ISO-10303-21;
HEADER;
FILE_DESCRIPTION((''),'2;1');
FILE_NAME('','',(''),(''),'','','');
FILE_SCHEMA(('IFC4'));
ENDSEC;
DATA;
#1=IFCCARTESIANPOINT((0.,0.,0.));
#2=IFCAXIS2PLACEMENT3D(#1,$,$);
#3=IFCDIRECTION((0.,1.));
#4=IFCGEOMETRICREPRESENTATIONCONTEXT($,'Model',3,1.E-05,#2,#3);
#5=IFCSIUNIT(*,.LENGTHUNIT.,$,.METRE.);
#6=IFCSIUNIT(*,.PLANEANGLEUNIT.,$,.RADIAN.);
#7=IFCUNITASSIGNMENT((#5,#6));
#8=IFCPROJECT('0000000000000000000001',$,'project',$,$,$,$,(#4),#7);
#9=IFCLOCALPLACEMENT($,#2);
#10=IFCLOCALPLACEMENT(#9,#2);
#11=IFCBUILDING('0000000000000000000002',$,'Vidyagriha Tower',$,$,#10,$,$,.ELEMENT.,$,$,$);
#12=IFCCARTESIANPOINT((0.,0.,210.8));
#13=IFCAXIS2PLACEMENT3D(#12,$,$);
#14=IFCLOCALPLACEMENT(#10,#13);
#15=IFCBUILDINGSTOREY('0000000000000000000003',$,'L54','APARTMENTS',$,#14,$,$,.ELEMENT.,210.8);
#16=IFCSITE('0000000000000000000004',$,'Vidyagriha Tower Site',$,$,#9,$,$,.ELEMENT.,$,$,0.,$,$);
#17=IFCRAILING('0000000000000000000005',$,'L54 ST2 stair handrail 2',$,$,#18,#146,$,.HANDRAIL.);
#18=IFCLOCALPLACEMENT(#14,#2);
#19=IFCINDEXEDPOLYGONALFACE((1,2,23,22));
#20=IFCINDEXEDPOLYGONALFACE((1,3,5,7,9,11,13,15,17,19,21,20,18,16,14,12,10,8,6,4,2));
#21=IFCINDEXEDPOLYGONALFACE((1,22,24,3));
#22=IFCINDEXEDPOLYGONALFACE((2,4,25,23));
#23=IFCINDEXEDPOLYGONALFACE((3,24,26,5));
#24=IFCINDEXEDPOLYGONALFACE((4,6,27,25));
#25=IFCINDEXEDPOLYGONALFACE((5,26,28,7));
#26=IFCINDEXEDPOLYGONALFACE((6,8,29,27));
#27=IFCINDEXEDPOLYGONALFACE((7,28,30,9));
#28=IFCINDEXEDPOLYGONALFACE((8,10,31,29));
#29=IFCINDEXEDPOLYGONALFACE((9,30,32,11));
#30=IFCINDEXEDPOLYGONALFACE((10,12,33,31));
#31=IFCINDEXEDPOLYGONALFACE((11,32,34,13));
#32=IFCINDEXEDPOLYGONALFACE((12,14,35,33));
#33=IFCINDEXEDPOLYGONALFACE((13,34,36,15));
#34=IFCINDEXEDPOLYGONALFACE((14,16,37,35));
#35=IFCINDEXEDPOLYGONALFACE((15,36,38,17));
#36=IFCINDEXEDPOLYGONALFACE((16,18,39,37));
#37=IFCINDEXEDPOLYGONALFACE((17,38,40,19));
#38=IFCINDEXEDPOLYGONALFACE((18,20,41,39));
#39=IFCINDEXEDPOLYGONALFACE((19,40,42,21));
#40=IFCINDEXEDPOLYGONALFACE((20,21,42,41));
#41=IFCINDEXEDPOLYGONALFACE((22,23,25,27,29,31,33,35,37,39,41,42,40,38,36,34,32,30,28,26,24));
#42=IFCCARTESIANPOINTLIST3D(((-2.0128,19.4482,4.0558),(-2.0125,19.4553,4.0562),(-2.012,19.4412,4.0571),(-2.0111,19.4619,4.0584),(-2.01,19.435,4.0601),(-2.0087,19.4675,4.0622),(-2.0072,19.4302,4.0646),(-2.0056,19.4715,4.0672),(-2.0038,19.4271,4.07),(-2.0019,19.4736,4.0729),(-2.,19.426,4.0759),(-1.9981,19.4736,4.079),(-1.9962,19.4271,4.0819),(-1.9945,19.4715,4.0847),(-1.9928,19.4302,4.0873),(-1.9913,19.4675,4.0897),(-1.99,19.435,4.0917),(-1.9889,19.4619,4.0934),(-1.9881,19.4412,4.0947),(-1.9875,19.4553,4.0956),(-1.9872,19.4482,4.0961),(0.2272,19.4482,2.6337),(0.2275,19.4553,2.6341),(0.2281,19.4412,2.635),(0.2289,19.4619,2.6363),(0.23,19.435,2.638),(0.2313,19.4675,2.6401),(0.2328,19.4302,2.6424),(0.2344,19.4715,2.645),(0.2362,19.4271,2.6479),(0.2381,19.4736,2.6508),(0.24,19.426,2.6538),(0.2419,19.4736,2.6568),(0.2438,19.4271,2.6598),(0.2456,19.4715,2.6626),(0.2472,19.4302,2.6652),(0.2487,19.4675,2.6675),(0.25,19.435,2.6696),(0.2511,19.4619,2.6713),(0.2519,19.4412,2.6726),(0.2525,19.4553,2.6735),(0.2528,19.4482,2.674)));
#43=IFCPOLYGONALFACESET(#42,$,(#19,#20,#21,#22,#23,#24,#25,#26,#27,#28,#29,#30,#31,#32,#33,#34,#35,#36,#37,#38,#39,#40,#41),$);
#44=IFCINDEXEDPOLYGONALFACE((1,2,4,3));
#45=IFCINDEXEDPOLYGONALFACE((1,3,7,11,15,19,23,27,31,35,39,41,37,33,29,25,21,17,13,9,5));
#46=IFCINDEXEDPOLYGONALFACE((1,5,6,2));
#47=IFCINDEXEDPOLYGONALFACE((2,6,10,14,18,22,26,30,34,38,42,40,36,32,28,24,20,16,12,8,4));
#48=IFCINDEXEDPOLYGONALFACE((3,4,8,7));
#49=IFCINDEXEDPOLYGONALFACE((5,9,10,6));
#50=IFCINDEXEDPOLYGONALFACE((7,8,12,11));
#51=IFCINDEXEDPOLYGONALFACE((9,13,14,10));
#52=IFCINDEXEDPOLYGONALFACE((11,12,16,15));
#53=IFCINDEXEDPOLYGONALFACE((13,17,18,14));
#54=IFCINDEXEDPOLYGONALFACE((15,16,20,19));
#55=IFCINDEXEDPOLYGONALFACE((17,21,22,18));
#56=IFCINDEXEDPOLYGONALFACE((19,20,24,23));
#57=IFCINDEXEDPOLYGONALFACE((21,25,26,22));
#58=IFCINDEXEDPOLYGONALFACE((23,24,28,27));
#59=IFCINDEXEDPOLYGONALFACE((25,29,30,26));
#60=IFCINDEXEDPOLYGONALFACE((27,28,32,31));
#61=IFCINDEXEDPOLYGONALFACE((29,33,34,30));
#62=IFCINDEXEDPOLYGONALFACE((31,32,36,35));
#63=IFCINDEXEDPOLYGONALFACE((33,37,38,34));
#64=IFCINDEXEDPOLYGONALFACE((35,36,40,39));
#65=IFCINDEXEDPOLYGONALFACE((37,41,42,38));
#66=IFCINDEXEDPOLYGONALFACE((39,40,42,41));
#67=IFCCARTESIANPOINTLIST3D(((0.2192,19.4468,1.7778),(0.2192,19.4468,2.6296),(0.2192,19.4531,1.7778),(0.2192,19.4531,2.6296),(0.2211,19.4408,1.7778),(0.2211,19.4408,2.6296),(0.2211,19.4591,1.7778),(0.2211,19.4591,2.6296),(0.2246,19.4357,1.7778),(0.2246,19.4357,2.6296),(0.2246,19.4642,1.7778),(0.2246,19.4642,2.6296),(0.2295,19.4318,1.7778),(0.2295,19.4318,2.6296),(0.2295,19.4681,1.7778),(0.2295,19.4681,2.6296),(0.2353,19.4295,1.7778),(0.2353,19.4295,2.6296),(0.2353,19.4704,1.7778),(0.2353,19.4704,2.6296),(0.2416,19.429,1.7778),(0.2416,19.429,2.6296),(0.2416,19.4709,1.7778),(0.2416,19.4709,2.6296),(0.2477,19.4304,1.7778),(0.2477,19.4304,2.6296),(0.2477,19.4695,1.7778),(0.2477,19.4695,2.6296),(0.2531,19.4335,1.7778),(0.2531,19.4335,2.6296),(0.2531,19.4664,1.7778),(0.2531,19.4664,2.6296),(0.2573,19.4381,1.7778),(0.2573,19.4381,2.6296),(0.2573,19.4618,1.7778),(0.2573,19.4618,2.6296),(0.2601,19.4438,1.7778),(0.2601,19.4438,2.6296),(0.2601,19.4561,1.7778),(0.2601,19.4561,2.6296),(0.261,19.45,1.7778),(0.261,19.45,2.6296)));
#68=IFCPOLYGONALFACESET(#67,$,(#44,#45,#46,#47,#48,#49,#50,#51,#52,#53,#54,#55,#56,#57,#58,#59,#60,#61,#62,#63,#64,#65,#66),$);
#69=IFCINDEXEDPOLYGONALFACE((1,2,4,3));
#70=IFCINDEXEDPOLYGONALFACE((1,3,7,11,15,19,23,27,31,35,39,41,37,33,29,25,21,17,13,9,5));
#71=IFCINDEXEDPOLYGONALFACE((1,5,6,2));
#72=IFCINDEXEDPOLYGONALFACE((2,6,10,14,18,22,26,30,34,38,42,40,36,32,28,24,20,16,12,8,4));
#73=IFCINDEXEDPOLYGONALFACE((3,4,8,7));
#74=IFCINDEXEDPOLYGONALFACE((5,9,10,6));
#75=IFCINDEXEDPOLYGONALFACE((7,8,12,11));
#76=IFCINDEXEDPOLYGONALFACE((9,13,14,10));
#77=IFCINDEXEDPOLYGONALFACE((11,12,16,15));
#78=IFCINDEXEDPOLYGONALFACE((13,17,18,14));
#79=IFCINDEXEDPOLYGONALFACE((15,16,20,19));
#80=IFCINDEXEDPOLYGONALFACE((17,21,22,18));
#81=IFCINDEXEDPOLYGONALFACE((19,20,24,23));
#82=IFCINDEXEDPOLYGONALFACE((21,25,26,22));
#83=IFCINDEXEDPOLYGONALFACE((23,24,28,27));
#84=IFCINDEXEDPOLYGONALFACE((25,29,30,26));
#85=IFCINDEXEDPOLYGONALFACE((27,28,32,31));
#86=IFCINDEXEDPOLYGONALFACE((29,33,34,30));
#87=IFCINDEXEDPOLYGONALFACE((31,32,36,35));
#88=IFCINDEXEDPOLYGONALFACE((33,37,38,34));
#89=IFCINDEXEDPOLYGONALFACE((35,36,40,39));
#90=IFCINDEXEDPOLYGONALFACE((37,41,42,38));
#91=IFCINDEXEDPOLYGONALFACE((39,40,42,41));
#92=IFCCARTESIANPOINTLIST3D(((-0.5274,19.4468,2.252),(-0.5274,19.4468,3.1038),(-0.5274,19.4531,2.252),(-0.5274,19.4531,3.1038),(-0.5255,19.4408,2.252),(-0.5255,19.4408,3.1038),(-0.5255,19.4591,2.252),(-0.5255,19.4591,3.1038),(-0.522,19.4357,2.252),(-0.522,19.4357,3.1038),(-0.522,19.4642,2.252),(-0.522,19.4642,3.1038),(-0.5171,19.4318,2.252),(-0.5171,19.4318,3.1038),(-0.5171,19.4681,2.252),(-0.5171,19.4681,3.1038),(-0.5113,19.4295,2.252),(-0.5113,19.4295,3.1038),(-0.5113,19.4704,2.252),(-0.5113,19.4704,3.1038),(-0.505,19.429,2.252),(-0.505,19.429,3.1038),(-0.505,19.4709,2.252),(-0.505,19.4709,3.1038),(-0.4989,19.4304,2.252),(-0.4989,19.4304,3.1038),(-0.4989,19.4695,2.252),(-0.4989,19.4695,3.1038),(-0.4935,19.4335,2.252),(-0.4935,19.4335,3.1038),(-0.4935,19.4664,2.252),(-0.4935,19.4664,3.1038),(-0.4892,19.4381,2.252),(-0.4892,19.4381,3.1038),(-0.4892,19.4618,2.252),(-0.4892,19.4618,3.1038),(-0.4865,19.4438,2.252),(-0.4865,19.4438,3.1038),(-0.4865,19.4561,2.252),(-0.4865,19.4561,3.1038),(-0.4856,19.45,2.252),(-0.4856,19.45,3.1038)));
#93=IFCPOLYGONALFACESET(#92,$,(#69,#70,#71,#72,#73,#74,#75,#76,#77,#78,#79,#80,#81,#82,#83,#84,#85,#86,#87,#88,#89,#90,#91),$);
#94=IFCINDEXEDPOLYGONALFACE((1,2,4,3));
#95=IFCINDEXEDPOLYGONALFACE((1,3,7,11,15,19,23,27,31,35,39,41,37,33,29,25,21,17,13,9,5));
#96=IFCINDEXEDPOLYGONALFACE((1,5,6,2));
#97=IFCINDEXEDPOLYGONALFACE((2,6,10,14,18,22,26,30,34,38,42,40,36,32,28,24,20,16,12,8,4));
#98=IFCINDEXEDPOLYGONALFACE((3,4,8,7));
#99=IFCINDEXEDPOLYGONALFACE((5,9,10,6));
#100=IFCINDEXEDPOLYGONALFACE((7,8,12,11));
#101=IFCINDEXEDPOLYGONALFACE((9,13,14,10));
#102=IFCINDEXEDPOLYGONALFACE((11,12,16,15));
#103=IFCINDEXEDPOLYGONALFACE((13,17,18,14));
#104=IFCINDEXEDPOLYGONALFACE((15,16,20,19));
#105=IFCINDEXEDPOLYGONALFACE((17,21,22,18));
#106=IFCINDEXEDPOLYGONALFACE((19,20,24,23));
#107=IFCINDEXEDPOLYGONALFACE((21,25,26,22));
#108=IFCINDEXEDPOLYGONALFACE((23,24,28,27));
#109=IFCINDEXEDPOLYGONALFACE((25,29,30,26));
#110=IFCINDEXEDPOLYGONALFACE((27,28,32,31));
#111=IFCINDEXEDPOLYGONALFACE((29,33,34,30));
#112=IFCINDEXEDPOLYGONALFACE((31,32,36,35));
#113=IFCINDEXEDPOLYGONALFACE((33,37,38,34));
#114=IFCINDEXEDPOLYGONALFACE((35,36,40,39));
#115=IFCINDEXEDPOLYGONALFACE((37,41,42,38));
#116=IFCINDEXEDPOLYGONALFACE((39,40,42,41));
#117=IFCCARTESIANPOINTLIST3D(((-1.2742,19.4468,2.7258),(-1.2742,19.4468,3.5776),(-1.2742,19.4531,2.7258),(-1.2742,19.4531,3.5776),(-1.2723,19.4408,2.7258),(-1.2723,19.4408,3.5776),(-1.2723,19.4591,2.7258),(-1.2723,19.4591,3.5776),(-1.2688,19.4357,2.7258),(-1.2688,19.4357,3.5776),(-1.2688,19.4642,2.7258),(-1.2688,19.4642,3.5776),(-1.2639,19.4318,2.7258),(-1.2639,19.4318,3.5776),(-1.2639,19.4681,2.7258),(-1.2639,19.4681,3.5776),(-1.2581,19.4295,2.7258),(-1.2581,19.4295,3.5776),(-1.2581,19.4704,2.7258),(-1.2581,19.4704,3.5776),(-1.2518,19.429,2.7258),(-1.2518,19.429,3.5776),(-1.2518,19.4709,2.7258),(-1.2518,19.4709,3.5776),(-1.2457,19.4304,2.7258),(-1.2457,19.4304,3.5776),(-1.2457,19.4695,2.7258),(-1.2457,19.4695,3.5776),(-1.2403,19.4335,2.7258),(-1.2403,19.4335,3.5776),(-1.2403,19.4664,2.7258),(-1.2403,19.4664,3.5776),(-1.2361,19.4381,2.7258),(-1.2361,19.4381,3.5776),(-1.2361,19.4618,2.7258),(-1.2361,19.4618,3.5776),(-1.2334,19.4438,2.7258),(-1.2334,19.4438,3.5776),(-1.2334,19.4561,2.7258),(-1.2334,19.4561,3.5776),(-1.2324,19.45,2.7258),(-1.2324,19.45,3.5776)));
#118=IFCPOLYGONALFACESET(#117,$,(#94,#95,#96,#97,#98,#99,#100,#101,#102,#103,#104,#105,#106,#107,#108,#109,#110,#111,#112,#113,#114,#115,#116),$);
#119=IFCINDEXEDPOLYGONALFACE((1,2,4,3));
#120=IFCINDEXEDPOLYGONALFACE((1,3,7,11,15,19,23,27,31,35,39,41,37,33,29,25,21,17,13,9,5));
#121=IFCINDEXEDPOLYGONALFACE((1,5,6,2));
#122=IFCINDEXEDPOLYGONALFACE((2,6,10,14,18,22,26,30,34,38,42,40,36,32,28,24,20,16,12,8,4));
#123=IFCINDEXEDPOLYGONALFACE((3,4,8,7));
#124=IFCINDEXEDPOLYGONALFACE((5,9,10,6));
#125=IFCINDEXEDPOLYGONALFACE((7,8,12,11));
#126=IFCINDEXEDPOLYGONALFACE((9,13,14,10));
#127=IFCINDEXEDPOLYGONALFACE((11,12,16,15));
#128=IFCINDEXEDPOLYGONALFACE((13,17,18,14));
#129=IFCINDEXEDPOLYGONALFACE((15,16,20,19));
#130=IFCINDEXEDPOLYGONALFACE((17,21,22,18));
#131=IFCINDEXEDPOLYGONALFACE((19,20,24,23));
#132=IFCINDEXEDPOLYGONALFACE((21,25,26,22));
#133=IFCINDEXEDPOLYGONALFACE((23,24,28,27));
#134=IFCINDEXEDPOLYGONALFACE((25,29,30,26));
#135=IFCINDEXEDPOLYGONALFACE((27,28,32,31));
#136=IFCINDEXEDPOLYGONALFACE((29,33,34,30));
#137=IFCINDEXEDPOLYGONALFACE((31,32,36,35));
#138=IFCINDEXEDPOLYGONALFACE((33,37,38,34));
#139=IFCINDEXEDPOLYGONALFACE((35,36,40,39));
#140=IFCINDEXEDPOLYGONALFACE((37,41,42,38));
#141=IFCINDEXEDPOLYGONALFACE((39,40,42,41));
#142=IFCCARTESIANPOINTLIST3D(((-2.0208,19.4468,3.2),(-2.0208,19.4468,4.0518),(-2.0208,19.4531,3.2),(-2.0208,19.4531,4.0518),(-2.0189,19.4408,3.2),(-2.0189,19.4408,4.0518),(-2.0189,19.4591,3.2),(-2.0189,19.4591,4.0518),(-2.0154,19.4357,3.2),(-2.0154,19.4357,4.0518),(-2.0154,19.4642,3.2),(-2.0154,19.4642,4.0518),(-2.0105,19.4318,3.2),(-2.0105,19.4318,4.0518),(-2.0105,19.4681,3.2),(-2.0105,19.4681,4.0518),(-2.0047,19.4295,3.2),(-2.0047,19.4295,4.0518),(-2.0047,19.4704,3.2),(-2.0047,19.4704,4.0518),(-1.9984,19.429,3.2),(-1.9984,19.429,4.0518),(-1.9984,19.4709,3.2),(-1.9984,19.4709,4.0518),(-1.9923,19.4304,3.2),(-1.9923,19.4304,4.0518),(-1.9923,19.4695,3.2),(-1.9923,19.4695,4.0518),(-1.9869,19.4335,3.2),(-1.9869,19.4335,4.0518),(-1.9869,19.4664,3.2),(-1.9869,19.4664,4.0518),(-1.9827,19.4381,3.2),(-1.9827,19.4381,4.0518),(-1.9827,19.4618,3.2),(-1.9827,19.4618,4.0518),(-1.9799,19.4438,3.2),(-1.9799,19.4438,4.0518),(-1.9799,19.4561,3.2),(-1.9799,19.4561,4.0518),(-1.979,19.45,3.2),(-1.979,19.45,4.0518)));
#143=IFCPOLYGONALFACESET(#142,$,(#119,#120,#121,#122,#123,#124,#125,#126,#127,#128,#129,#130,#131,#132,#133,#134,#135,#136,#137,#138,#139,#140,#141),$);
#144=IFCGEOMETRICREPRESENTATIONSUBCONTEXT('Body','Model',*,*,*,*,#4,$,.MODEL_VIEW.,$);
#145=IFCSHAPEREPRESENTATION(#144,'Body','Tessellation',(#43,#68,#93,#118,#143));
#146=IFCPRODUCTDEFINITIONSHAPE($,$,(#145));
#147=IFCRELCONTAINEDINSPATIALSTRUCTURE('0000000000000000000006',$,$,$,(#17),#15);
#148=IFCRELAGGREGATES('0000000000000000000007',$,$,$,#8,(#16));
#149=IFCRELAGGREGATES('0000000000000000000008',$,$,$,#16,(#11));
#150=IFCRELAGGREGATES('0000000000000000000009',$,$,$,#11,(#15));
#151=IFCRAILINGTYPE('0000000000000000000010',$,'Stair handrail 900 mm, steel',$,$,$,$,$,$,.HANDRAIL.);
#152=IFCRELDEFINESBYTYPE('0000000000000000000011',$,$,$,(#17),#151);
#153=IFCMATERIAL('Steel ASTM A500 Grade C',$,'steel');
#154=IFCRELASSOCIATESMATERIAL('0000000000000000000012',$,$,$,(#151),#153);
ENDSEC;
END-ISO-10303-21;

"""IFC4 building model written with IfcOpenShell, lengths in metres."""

from ifc_helpers import new_model, si_unit, direction, frame, origin, origin_2d, place, context, subcontext, project, spatial, circle, extrude, material, type_object, element, save


model = new_model("IFC4")

# Units and contexts
model_context = context("Model", 3, precision=1e-05, world=origin(), true_north=direction((0.0, 1.0)))
body_context = subcontext(model_context, "Body", "Model", "MODEL_VIEW")
ifc_project = project(units=[si_unit("LENGTHUNIT", "METRE"), si_unit("PLANEANGLEUNIT", "RADIAN")], contexts=[model_context])

# Site, building, storey
site_placement = place(None, origin())
site = spatial("IfcSite", under=ifc_project, at=site_placement, Name="Vidyagriha Tower Site", CompositionType="ELEMENT", RefElevation=0.0)
building_placement = place(site_placement, origin())
building = spatial("IfcBuilding", under=site, at=building_placement, Name="Vidyagriha Tower", CompositionType="ELEMENT")
storey_placement = place(building_placement, frame((0.0, 0.0, 210.8)))
storey = spatial("IfcBuildingStorey", under=building, at=storey_placement, Name="L54", Description="APARTMENTS", CompositionType="ELEMENT", Elevation=210.8)

# Railing
ifc_material_1 = material(Name="Steel ASTM A500 Grade C", Category="steel")
railing_type_1 = type_object("IfcRailingType", Name="Stair handrail 900 mm, steel", PredefinedType="HANDRAIL", material=ifc_material_1)
railing_1_placement = place(storey_placement, frame((0.24, 19.45, 1.7778)))
element("IfcRailing", 1, at=railing_1_placement, inside=storey, type_object=railing_type_1, Name="L54 ST2 stair handrail 2", PredefinedType="HANDRAIL", context=body_context, shape_type="SweptSolid", body=[
    extrude(circle(Radius=0.0239, at=origin_2d()), frame((0.0, 0.0, 0.876), z_axis=(-0.844229, 0.0, 0.535982), x_axis=(0.0, -1.0, 0.0)), (0.0, 0.0, 1.0), 2.6533),
    extrude(circle(Radius=0.021, at=origin_2d()), origin(), (0.0, 0.0, 1.0), 0.8518),
    extrude(circle(Radius=0.021, at=origin_2d()), frame((-0.7466, 0.0, 0.4741)), (0.0, 0.0, 1.0), 0.8518),
    extrude(circle(Radius=0.021, at=origin_2d()), frame((-1.4934, 0.0, 0.948)), (0.0, 0.0, 1.0), 0.8518),
    extrude(circle(Radius=0.021, at=origin_2d()), frame((-2.24, 0.0, 1.4221)), (0.0, 0.0, 1.0), 0.8518),
])

save(model, "model.ifc")
